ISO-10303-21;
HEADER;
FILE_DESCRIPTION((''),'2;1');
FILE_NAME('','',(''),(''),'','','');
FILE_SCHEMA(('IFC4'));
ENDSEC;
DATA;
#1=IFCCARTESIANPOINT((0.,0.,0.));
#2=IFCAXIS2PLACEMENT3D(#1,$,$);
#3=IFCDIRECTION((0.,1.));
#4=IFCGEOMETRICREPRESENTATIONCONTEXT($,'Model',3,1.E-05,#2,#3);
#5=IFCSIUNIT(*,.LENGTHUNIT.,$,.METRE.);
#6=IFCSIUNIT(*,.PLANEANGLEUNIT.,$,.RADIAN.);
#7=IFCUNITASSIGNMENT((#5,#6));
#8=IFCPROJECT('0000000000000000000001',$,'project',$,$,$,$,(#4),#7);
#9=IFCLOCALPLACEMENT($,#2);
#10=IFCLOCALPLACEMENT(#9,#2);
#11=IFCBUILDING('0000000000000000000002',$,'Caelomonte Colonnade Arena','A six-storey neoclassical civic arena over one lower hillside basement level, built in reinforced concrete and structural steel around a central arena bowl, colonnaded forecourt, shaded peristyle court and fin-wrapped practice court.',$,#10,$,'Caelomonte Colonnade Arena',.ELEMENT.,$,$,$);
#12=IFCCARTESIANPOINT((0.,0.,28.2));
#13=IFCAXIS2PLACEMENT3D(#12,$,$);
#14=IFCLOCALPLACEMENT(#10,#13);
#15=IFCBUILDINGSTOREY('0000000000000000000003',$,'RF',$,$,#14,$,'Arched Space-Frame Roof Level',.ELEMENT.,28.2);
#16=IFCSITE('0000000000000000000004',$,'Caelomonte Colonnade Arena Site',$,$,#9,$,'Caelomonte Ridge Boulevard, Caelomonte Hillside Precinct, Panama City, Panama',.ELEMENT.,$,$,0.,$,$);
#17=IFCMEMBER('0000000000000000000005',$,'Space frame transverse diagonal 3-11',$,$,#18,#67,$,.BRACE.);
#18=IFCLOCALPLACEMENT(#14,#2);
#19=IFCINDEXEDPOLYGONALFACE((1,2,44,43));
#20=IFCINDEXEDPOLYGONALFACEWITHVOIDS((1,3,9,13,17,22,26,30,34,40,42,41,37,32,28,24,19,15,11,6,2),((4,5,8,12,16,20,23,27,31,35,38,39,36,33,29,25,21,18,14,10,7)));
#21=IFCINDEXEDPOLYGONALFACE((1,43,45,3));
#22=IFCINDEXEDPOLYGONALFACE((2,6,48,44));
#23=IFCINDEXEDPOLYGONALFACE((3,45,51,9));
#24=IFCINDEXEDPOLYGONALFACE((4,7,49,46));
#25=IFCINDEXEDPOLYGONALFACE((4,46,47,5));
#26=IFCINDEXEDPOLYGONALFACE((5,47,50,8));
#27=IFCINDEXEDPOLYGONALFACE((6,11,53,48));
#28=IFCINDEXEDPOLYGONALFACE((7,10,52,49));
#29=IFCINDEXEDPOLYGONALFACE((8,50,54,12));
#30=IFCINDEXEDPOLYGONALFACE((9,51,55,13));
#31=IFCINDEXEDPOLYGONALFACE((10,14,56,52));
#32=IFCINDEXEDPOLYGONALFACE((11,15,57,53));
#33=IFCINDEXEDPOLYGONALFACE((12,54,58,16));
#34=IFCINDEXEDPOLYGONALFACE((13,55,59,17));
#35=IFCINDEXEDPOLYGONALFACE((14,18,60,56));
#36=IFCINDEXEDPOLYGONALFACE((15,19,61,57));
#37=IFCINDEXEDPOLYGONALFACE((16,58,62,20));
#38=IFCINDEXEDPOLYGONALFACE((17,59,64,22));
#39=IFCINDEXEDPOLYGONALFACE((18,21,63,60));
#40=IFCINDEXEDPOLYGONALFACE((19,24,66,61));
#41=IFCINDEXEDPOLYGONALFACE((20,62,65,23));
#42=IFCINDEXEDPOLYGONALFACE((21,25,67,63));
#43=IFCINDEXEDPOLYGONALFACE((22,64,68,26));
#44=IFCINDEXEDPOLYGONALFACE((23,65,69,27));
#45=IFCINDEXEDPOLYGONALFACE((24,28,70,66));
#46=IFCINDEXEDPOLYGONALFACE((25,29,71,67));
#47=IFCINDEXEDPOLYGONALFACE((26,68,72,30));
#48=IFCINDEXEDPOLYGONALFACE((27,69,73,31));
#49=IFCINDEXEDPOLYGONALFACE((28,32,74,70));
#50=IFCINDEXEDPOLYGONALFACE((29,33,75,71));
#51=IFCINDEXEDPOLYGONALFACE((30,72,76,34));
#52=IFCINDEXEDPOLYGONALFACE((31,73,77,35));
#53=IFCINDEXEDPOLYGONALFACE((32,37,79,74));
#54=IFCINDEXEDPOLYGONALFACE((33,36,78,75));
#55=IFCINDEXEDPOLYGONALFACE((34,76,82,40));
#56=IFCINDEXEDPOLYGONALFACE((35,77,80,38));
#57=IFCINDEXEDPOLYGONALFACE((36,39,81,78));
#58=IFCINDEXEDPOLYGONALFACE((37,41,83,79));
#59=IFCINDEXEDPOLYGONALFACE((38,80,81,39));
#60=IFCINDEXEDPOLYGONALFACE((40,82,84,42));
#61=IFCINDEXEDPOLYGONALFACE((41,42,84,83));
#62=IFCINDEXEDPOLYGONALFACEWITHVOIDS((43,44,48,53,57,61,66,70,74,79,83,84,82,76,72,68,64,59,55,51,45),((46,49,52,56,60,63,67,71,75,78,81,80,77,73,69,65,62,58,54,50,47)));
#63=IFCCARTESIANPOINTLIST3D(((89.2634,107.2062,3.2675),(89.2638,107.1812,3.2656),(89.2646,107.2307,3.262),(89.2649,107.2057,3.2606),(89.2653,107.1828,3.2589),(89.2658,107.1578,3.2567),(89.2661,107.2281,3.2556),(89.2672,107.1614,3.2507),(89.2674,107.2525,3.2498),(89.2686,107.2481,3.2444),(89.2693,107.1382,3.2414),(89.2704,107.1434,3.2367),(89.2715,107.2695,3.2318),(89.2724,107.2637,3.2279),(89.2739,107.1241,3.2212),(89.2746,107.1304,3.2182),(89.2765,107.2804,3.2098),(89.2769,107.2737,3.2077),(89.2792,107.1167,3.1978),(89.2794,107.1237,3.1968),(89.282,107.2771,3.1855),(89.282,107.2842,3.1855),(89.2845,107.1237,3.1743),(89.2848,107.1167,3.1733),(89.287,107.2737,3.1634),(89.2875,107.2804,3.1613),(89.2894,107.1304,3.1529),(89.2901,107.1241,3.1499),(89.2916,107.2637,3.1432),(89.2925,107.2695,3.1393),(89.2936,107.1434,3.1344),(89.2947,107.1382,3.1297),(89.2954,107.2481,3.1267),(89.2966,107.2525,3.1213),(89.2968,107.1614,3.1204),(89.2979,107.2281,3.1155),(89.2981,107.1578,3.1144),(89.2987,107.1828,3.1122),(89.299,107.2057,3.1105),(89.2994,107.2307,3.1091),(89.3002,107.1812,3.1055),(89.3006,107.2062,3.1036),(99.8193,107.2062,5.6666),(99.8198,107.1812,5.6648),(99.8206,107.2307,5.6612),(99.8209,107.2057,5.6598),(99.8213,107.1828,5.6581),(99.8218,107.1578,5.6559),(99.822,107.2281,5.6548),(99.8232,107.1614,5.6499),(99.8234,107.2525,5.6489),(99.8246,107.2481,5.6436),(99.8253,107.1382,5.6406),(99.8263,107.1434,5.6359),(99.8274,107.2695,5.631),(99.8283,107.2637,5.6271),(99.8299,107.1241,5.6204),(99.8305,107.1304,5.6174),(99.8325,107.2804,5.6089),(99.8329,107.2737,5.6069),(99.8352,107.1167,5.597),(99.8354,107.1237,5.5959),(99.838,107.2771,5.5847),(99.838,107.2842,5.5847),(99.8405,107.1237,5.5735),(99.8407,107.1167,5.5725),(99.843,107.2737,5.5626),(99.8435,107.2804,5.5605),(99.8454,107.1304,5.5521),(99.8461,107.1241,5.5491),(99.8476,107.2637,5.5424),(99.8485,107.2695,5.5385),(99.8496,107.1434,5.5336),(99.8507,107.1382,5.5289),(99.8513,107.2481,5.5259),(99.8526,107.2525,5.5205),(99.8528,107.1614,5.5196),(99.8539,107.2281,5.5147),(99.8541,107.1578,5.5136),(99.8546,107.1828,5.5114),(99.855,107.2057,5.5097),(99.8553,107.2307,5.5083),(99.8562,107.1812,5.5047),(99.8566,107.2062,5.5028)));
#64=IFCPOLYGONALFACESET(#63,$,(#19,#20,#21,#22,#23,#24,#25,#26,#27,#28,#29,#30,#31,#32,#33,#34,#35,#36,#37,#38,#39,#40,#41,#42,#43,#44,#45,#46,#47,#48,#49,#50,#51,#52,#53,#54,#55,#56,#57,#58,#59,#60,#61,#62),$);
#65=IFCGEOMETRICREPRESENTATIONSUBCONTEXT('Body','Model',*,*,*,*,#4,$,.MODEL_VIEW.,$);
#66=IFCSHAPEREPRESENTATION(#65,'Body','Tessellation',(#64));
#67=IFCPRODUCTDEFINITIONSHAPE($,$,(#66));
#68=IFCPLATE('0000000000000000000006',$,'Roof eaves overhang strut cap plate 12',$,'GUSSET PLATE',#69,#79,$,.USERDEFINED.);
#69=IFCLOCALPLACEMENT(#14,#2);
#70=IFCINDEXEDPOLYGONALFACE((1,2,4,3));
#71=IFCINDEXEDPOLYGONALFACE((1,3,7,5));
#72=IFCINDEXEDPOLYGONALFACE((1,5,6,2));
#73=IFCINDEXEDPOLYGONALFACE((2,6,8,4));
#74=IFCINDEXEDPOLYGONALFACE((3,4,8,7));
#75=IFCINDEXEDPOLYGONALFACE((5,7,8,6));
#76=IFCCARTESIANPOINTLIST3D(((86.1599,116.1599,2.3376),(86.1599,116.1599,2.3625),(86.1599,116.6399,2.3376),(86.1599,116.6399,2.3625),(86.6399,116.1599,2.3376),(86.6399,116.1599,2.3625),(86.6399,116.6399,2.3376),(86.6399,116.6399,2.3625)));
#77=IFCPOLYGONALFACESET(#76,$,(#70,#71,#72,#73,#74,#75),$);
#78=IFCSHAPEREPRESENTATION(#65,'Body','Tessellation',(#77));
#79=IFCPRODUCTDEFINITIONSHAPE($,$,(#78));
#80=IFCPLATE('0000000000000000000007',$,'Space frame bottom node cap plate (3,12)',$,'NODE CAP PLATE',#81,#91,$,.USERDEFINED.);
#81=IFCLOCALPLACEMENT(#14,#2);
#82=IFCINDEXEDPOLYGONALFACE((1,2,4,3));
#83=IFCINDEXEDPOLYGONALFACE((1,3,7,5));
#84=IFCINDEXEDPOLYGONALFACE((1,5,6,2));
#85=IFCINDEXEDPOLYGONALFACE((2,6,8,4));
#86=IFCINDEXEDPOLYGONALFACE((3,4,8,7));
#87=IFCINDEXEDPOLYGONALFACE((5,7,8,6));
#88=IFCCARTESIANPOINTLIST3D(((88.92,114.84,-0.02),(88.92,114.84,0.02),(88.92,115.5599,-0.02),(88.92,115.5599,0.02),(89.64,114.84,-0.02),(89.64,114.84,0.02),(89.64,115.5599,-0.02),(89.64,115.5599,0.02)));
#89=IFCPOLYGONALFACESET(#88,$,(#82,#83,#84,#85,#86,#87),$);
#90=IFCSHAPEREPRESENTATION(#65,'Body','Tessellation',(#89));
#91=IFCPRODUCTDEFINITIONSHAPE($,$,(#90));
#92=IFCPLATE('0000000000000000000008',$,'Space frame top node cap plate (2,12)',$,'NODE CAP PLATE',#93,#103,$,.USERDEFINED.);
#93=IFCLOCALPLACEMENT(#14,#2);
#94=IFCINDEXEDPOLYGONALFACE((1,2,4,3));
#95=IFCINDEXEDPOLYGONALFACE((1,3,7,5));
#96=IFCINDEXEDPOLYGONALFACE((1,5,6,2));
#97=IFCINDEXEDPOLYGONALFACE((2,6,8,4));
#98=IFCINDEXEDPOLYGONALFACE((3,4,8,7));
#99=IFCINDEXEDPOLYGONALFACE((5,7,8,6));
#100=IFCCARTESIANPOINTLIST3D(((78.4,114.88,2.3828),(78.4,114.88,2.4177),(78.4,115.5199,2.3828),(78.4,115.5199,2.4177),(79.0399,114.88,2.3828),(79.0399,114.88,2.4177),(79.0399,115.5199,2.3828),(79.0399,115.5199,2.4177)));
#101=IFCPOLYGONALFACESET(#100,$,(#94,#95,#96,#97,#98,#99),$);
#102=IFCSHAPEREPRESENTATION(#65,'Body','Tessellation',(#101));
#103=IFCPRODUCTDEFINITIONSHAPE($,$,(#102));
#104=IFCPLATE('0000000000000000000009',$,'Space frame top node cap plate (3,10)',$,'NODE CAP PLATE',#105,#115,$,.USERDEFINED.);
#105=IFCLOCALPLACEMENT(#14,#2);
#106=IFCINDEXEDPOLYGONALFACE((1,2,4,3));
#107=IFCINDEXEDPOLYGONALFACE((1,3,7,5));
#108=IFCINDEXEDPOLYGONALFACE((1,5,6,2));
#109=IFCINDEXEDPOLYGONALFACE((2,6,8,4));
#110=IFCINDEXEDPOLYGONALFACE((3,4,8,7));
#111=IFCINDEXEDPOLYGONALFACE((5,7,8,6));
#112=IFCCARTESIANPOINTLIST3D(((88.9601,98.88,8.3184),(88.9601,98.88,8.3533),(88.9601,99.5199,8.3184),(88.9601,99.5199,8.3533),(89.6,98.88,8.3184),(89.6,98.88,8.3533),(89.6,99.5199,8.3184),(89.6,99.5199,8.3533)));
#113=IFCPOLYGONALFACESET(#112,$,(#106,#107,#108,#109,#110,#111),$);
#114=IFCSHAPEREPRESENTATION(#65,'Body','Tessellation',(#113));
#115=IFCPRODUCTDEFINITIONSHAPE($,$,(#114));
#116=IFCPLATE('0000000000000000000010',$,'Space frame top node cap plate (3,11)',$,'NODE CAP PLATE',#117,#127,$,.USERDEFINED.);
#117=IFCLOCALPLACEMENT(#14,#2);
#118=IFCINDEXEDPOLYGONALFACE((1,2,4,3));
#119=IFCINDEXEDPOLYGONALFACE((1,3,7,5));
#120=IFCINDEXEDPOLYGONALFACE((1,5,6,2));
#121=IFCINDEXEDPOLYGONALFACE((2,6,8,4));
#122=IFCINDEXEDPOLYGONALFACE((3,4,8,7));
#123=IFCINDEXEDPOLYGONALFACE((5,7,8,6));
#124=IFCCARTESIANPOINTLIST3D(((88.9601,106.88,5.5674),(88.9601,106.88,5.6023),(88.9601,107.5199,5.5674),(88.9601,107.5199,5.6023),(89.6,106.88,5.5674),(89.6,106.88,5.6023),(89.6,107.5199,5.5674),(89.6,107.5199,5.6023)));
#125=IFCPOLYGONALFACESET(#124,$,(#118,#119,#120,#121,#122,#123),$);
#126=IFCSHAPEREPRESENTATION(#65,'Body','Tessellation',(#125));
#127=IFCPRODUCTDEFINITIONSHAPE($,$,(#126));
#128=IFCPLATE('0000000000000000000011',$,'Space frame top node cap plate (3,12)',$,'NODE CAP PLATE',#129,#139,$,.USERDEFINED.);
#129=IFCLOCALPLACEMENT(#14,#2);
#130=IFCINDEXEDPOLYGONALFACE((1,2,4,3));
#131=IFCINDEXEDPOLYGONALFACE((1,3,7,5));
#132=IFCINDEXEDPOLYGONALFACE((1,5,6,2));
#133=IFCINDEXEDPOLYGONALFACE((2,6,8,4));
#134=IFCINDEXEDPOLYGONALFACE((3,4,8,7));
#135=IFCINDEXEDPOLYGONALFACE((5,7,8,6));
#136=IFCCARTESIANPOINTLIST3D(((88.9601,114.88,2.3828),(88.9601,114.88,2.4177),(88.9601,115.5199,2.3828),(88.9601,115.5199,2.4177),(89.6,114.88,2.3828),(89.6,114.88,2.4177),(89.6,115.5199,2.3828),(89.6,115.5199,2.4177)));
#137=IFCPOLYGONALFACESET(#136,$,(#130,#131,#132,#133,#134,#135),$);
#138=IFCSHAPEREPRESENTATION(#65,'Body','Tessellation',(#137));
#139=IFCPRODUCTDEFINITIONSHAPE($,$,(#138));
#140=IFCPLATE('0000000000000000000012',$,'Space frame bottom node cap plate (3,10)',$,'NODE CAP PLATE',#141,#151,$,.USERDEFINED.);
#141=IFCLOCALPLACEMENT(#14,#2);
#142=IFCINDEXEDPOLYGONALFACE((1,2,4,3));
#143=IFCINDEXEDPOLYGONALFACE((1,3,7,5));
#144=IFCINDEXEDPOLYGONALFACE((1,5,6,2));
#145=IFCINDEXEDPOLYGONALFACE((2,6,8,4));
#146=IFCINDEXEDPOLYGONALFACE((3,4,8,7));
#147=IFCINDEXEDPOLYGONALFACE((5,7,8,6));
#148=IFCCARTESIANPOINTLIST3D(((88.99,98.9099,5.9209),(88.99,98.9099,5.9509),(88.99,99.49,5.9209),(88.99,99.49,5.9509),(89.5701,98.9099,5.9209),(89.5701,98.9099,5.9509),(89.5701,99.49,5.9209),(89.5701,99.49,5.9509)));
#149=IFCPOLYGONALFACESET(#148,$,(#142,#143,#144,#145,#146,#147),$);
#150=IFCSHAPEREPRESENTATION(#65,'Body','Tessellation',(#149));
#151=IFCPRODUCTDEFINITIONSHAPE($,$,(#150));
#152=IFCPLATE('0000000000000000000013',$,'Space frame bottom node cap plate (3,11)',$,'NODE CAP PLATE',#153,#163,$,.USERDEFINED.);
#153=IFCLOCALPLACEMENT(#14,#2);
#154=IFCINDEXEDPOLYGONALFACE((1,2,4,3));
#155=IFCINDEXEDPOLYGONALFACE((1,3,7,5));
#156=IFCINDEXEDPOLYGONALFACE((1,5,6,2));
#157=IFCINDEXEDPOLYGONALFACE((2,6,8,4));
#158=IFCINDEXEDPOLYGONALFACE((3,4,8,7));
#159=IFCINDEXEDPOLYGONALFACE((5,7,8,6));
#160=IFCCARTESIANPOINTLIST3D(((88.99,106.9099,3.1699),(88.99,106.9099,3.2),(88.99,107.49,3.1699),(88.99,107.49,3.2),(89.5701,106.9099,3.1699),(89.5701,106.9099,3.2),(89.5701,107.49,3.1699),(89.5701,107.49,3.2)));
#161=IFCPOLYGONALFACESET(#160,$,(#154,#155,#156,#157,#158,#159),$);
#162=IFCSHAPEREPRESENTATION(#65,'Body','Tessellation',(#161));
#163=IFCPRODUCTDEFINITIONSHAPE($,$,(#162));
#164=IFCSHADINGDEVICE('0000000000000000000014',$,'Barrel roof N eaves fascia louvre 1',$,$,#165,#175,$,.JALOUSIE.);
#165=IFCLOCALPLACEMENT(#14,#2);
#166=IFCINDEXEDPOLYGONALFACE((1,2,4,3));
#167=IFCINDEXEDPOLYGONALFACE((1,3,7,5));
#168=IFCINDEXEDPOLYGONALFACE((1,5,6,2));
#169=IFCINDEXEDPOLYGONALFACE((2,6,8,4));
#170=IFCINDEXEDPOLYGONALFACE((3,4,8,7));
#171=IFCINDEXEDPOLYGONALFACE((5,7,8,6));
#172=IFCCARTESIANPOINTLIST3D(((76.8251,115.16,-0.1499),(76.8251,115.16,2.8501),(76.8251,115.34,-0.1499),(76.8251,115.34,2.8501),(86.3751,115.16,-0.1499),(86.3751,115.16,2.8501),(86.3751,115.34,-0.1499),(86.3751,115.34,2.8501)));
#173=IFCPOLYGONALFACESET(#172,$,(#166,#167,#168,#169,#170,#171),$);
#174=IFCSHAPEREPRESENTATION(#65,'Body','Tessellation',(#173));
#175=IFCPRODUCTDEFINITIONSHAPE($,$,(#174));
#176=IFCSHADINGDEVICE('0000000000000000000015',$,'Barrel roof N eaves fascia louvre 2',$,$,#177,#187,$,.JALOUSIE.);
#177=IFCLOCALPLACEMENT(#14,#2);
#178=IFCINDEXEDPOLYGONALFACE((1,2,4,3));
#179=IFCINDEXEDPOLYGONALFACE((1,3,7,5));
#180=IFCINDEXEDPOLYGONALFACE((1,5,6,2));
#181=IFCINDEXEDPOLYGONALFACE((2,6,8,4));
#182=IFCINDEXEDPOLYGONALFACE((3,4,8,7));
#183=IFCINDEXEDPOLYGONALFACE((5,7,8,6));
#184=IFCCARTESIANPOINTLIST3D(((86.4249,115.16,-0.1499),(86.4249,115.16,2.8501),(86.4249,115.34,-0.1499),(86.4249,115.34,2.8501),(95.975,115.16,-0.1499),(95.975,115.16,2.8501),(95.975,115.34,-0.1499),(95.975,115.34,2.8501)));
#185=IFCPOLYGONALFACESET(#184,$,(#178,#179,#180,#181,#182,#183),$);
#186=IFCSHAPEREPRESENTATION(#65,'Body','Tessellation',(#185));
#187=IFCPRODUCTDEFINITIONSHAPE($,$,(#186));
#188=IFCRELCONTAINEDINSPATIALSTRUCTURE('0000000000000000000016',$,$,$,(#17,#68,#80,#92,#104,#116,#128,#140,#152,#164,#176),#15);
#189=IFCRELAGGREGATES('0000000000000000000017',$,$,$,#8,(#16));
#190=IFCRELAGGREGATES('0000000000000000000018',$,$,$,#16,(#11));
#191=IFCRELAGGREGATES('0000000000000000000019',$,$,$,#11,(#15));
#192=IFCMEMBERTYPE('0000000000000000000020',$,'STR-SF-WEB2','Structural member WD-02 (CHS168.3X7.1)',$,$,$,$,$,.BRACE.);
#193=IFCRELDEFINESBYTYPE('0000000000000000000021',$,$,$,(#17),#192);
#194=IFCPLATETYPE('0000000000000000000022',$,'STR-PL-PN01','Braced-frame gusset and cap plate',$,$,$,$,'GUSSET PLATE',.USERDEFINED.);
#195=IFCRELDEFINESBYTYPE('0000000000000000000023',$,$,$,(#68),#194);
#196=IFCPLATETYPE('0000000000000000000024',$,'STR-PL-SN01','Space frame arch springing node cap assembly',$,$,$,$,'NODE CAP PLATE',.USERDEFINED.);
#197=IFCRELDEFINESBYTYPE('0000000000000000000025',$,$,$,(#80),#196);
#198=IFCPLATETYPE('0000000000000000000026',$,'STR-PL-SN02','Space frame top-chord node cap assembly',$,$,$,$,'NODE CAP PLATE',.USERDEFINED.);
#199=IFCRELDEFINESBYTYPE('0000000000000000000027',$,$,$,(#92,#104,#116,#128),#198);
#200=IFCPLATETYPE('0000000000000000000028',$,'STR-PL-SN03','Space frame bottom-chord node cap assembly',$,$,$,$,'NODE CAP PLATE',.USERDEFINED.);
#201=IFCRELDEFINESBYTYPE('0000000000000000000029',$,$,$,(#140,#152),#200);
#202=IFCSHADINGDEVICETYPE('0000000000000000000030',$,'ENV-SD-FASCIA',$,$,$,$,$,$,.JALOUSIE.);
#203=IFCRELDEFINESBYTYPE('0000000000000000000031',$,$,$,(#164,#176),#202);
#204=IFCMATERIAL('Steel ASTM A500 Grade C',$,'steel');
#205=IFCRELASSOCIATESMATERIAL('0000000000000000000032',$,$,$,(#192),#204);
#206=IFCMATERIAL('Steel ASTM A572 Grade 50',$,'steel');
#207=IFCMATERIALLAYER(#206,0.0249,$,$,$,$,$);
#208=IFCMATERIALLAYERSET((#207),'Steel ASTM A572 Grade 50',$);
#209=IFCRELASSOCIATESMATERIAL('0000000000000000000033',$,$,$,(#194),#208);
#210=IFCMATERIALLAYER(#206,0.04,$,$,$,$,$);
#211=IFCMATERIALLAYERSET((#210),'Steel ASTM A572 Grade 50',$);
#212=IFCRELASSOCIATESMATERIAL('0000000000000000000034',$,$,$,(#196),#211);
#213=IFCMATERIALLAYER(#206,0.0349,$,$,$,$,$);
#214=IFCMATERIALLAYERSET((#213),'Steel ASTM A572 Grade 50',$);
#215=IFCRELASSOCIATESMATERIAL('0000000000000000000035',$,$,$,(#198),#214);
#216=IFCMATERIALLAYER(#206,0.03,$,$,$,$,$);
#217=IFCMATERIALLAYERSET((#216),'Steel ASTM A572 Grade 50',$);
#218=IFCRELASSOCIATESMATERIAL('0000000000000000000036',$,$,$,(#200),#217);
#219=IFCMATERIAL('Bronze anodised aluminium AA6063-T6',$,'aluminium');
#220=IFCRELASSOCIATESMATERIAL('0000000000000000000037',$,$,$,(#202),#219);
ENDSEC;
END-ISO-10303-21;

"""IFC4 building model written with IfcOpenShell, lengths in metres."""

from ifc_helpers import new_model, si_unit, direction, frame, origin, origin_2d, place, context, subcontext, project, spatial, rectangle, hollow_circle, extrude, material, layer, layer_set, material_profile, profile_set, type_object, element, save


model = new_model("IFC4")

# Units and contexts
model_context = context("Model", 3, precision=1e-05, world=origin(), true_north=direction((0.0, 1.0)))
body_context = subcontext(model_context, "Body", "Model", "MODEL_VIEW")
ifc_project = project(units=[si_unit("LENGTHUNIT", "METRE"), si_unit("PLANEANGLEUNIT", "RADIAN")], contexts=[model_context])

# Site, building, storey
site_placement = place(None, origin())
site = spatial("IfcSite", under=ifc_project, at=site_placement, Name="Caelomonte Colonnade Arena Site", LongName="Caelomonte Ridge Boulevard, Caelomonte Hillside Precinct, Panama City, Panama", CompositionType="ELEMENT", RefElevation=0.0)
building_placement = place(site_placement, origin())
building = spatial("IfcBuilding", under=site, at=building_placement, Name="Caelomonte Colonnade Arena", Description="A six-storey neoclassical civic arena over one lower hillside basement level, built in reinforced concrete and structural steel around a central arena bowl, colonnaded forecourt, shaded peristyle court and fin-wrapped practice court.", LongName="Caelomonte Colonnade Arena", CompositionType="ELEMENT")
storey_placement = place(building_placement, frame((0.0, 0.0, 28.2)))
storey = spatial("IfcBuildingStorey", under=building, at=storey_placement, Name="RF", LongName="Arched Space-Frame Roof Level", CompositionType="ELEMENT", Elevation=28.2)

# Member
ifc_material_1 = material(Name="Steel ASTM A500 Grade C", Category="steel")
ifc_material_profile_1 = material_profile(ifc_material_1, hollow_circle(Radius=0.0842, WallThickness=0.0071, at=origin_2d()), Name="CHS168.3X7.1")
ifc_profile_set_1 = profile_set([ifc_material_profile_1], Name="Steel ASTM A500 Grade C")
member_type_1 = type_object("IfcMemberType", Name="STR-SF-WEB2", Description="Structural member WD-02 (CHS168.3X7.1)", PredefinedType="BRACE", material=ifc_profile_set_1)
member_1_placement = place(storey_placement, frame((89.282, 107.2, 3.1855), z_axis=(0.975131, 0.0, 0.22163), x_axis=(0.0, 1.0, 0.0)))
element("IfcMember", 1, at=member_1_placement, inside=storey, type_object=member_type_1, Name="Space frame transverse diagonal 3-11", PredefinedType="BRACE", context=body_context, shape_type="SweptSolid", body=[
    extrude(hollow_circle(Radius=0.0842, WallThickness=0.0071, at=origin_2d()), origin(), (0.0, 0.0, 1.0), 10.8252),
])

# Plates
ifc_material_2 = material(Name="Steel ASTM A572 Grade 50", Category="steel")
ifc_layer_1 = layer(ifc_material_2, 0.0249)
ifc_layer_set_1 = layer_set([ifc_layer_1], Name="Steel ASTM A572 Grade 50")
plate_type_1 = type_object("IfcPlateType", Name="STR-PL-PN01", Description="Braced-frame gusset and cap plate", ElementType="GUSSET PLATE", PredefinedType="USERDEFINED", material=ifc_layer_set_1)
plate_1_placement = place(storey_placement, frame((86.3999, 116.3999, 2.3376), z_axis=(0.0, 0.0, 1.0), x_axis=(1.0, 0.0, 0.0)))
element("IfcPlate", 2, at=plate_1_placement, inside=storey, type_object=plate_type_1, Name="Roof eaves overhang strut cap plate 12", ObjectType="GUSSET PLATE", PredefinedType="USERDEFINED", context=body_context, shape_type="SweptSolid", body=[
    extrude(rectangle(XDim=0.48, YDim=0.48, at=origin_2d()), origin(), (0.0, 0.0, 1.0), 0.0249),
])
ifc_layer_2 = layer(ifc_material_2, 0.04)
ifc_layer_set_2 = layer_set([ifc_layer_2], Name="Steel ASTM A572 Grade 50")
plate_type_2 = type_object("IfcPlateType", Name="STR-PL-SN01", Description="Space frame arch springing node cap assembly", ElementType="NODE CAP PLATE", PredefinedType="USERDEFINED", material=ifc_layer_set_2)
plate_2_placement = place(storey_placement, frame((89.28, 115.2, -0.02), z_axis=(0.0, 0.0, 1.0), x_axis=(1.0, 0.0, 0.0)))
element("IfcPlate", 3, at=plate_2_placement, inside=storey, type_object=plate_type_2, Name="Space frame bottom node cap plate (3,12)", ObjectType="NODE CAP PLATE", PredefinedType="USERDEFINED", context=body_context, shape_type="SweptSolid", body=[
    extrude(rectangle(XDim=0.72, YDim=0.72, at=origin_2d()), origin(), (0.0, 0.0, 1.0), 0.04),
])
ifc_layer_3 = layer(ifc_material_2, 0.0349)
ifc_layer_set_3 = layer_set([ifc_layer_3], Name="Steel ASTM A572 Grade 50")
plate_type_3 = type_object("IfcPlateType", Name="STR-PL-SN02", Description="Space frame top-chord node cap assembly", ElementType="NODE CAP PLATE", PredefinedType="USERDEFINED", material=ifc_layer_set_3)
for number, where, z_axis, x_axis, name in (
    (4, (78.72, 115.2, 2.3828), (0.0, 0.0, 1.0), (1.0, 0.0, 0.0), "Space frame top node cap plate (2,12)"),
    (5, (89.28, 99.2, 8.3184), (0.0, 0.0, 1.0), (1.0, 0.0, 0.0), "Space frame top node cap plate (3,10)"),
    (6, (89.28, 107.2, 5.5674), (0.0, 0.0, 1.0), (1.0, 0.0, 0.0), "Space frame top node cap plate (3,11)"),
    (7, (89.28, 115.2, 2.3828), (0.0, 0.0, 1.0), (1.0, 0.0, 0.0), "Space frame top node cap plate (3,12)"),
):
    element("IfcPlate", number, at=place(storey_placement, frame(where, z_axis=z_axis, x_axis=x_axis)), inside=storey, type_object=plate_type_3, Name=name, ObjectType="NODE CAP PLATE", PredefinedType="USERDEFINED", context=body_context, shape_type="SweptSolid", body=[
        extrude(rectangle(XDim=0.6399, YDim=0.6399, at=origin_2d()), origin(), (0.0, 0.0, 1.0), 0.0349),
    ])
ifc_layer_4 = layer(ifc_material_2, 0.03)
ifc_layer_set_4 = layer_set([ifc_layer_4], Name="Steel ASTM A572 Grade 50")
plate_type_4 = type_object("IfcPlateType", Name="STR-PL-SN03", Description="Space frame bottom-chord node cap assembly", ElementType="NODE CAP PLATE", PredefinedType="USERDEFINED", material=ifc_layer_set_4)
for number, where, z_axis, x_axis, name in (
    (8, (89.28, 99.2, 5.9209), (0.0, 0.0, 1.0), (1.0, 0.0, 0.0), "Space frame bottom node cap plate (3,10)"),
    (9, (89.28, 107.2, 3.1699), (0.0, 0.0, 1.0), (1.0, 0.0, 0.0), "Space frame bottom node cap plate (3,11)"),
):
    element("IfcPlate", number, at=place(storey_placement, frame(where, z_axis=z_axis, x_axis=x_axis)), inside=storey, type_object=plate_type_4, Name=name, ObjectType="NODE CAP PLATE", PredefinedType="USERDEFINED", context=body_context, shape_type="SweptSolid", body=[
        extrude(rectangle(XDim=0.5801, YDim=0.5801, at=origin_2d()), origin(), (0.0, 0.0, 1.0), 0.03),
    ])

# Shading devices
ifc_material_3 = material(Name="Bronze anodised aluminium AA6063-T6", Category="aluminium")
shading_device_type = type_object("IfcShadingDeviceType", Name="ENV-SD-FASCIA", PredefinedType="JALOUSIE", material=ifc_material_3)
for number, where, z_axis, x_axis, name in (
    (10, (81.6001, 115.25, -0.1499), (0.0, 0.0, 1.0), (1.0, 0.0, 0.0), "Barrel roof N eaves fascia louvre 1"),
    (11, (91.2, 115.25, -0.1499), (0.0, 0.0, 1.0), (1.0, 0.0, 0.0), "Barrel roof N eaves fascia louvre 2"),
):
    element("IfcShadingDevice", number, at=place(storey_placement, frame(where, z_axis=z_axis, x_axis=x_axis)), inside=storey, type_object=shading_device_type, Name=name, PredefinedType="JALOUSIE", context=body_context, shape_type="SweptSolid", body=[
        extrude(rectangle(XDim=9.55, YDim=0.1799, at=origin_2d()), origin(), (0.0, 0.0, 1.0), 3.0),
    ])

save(model, "model.ifc")
